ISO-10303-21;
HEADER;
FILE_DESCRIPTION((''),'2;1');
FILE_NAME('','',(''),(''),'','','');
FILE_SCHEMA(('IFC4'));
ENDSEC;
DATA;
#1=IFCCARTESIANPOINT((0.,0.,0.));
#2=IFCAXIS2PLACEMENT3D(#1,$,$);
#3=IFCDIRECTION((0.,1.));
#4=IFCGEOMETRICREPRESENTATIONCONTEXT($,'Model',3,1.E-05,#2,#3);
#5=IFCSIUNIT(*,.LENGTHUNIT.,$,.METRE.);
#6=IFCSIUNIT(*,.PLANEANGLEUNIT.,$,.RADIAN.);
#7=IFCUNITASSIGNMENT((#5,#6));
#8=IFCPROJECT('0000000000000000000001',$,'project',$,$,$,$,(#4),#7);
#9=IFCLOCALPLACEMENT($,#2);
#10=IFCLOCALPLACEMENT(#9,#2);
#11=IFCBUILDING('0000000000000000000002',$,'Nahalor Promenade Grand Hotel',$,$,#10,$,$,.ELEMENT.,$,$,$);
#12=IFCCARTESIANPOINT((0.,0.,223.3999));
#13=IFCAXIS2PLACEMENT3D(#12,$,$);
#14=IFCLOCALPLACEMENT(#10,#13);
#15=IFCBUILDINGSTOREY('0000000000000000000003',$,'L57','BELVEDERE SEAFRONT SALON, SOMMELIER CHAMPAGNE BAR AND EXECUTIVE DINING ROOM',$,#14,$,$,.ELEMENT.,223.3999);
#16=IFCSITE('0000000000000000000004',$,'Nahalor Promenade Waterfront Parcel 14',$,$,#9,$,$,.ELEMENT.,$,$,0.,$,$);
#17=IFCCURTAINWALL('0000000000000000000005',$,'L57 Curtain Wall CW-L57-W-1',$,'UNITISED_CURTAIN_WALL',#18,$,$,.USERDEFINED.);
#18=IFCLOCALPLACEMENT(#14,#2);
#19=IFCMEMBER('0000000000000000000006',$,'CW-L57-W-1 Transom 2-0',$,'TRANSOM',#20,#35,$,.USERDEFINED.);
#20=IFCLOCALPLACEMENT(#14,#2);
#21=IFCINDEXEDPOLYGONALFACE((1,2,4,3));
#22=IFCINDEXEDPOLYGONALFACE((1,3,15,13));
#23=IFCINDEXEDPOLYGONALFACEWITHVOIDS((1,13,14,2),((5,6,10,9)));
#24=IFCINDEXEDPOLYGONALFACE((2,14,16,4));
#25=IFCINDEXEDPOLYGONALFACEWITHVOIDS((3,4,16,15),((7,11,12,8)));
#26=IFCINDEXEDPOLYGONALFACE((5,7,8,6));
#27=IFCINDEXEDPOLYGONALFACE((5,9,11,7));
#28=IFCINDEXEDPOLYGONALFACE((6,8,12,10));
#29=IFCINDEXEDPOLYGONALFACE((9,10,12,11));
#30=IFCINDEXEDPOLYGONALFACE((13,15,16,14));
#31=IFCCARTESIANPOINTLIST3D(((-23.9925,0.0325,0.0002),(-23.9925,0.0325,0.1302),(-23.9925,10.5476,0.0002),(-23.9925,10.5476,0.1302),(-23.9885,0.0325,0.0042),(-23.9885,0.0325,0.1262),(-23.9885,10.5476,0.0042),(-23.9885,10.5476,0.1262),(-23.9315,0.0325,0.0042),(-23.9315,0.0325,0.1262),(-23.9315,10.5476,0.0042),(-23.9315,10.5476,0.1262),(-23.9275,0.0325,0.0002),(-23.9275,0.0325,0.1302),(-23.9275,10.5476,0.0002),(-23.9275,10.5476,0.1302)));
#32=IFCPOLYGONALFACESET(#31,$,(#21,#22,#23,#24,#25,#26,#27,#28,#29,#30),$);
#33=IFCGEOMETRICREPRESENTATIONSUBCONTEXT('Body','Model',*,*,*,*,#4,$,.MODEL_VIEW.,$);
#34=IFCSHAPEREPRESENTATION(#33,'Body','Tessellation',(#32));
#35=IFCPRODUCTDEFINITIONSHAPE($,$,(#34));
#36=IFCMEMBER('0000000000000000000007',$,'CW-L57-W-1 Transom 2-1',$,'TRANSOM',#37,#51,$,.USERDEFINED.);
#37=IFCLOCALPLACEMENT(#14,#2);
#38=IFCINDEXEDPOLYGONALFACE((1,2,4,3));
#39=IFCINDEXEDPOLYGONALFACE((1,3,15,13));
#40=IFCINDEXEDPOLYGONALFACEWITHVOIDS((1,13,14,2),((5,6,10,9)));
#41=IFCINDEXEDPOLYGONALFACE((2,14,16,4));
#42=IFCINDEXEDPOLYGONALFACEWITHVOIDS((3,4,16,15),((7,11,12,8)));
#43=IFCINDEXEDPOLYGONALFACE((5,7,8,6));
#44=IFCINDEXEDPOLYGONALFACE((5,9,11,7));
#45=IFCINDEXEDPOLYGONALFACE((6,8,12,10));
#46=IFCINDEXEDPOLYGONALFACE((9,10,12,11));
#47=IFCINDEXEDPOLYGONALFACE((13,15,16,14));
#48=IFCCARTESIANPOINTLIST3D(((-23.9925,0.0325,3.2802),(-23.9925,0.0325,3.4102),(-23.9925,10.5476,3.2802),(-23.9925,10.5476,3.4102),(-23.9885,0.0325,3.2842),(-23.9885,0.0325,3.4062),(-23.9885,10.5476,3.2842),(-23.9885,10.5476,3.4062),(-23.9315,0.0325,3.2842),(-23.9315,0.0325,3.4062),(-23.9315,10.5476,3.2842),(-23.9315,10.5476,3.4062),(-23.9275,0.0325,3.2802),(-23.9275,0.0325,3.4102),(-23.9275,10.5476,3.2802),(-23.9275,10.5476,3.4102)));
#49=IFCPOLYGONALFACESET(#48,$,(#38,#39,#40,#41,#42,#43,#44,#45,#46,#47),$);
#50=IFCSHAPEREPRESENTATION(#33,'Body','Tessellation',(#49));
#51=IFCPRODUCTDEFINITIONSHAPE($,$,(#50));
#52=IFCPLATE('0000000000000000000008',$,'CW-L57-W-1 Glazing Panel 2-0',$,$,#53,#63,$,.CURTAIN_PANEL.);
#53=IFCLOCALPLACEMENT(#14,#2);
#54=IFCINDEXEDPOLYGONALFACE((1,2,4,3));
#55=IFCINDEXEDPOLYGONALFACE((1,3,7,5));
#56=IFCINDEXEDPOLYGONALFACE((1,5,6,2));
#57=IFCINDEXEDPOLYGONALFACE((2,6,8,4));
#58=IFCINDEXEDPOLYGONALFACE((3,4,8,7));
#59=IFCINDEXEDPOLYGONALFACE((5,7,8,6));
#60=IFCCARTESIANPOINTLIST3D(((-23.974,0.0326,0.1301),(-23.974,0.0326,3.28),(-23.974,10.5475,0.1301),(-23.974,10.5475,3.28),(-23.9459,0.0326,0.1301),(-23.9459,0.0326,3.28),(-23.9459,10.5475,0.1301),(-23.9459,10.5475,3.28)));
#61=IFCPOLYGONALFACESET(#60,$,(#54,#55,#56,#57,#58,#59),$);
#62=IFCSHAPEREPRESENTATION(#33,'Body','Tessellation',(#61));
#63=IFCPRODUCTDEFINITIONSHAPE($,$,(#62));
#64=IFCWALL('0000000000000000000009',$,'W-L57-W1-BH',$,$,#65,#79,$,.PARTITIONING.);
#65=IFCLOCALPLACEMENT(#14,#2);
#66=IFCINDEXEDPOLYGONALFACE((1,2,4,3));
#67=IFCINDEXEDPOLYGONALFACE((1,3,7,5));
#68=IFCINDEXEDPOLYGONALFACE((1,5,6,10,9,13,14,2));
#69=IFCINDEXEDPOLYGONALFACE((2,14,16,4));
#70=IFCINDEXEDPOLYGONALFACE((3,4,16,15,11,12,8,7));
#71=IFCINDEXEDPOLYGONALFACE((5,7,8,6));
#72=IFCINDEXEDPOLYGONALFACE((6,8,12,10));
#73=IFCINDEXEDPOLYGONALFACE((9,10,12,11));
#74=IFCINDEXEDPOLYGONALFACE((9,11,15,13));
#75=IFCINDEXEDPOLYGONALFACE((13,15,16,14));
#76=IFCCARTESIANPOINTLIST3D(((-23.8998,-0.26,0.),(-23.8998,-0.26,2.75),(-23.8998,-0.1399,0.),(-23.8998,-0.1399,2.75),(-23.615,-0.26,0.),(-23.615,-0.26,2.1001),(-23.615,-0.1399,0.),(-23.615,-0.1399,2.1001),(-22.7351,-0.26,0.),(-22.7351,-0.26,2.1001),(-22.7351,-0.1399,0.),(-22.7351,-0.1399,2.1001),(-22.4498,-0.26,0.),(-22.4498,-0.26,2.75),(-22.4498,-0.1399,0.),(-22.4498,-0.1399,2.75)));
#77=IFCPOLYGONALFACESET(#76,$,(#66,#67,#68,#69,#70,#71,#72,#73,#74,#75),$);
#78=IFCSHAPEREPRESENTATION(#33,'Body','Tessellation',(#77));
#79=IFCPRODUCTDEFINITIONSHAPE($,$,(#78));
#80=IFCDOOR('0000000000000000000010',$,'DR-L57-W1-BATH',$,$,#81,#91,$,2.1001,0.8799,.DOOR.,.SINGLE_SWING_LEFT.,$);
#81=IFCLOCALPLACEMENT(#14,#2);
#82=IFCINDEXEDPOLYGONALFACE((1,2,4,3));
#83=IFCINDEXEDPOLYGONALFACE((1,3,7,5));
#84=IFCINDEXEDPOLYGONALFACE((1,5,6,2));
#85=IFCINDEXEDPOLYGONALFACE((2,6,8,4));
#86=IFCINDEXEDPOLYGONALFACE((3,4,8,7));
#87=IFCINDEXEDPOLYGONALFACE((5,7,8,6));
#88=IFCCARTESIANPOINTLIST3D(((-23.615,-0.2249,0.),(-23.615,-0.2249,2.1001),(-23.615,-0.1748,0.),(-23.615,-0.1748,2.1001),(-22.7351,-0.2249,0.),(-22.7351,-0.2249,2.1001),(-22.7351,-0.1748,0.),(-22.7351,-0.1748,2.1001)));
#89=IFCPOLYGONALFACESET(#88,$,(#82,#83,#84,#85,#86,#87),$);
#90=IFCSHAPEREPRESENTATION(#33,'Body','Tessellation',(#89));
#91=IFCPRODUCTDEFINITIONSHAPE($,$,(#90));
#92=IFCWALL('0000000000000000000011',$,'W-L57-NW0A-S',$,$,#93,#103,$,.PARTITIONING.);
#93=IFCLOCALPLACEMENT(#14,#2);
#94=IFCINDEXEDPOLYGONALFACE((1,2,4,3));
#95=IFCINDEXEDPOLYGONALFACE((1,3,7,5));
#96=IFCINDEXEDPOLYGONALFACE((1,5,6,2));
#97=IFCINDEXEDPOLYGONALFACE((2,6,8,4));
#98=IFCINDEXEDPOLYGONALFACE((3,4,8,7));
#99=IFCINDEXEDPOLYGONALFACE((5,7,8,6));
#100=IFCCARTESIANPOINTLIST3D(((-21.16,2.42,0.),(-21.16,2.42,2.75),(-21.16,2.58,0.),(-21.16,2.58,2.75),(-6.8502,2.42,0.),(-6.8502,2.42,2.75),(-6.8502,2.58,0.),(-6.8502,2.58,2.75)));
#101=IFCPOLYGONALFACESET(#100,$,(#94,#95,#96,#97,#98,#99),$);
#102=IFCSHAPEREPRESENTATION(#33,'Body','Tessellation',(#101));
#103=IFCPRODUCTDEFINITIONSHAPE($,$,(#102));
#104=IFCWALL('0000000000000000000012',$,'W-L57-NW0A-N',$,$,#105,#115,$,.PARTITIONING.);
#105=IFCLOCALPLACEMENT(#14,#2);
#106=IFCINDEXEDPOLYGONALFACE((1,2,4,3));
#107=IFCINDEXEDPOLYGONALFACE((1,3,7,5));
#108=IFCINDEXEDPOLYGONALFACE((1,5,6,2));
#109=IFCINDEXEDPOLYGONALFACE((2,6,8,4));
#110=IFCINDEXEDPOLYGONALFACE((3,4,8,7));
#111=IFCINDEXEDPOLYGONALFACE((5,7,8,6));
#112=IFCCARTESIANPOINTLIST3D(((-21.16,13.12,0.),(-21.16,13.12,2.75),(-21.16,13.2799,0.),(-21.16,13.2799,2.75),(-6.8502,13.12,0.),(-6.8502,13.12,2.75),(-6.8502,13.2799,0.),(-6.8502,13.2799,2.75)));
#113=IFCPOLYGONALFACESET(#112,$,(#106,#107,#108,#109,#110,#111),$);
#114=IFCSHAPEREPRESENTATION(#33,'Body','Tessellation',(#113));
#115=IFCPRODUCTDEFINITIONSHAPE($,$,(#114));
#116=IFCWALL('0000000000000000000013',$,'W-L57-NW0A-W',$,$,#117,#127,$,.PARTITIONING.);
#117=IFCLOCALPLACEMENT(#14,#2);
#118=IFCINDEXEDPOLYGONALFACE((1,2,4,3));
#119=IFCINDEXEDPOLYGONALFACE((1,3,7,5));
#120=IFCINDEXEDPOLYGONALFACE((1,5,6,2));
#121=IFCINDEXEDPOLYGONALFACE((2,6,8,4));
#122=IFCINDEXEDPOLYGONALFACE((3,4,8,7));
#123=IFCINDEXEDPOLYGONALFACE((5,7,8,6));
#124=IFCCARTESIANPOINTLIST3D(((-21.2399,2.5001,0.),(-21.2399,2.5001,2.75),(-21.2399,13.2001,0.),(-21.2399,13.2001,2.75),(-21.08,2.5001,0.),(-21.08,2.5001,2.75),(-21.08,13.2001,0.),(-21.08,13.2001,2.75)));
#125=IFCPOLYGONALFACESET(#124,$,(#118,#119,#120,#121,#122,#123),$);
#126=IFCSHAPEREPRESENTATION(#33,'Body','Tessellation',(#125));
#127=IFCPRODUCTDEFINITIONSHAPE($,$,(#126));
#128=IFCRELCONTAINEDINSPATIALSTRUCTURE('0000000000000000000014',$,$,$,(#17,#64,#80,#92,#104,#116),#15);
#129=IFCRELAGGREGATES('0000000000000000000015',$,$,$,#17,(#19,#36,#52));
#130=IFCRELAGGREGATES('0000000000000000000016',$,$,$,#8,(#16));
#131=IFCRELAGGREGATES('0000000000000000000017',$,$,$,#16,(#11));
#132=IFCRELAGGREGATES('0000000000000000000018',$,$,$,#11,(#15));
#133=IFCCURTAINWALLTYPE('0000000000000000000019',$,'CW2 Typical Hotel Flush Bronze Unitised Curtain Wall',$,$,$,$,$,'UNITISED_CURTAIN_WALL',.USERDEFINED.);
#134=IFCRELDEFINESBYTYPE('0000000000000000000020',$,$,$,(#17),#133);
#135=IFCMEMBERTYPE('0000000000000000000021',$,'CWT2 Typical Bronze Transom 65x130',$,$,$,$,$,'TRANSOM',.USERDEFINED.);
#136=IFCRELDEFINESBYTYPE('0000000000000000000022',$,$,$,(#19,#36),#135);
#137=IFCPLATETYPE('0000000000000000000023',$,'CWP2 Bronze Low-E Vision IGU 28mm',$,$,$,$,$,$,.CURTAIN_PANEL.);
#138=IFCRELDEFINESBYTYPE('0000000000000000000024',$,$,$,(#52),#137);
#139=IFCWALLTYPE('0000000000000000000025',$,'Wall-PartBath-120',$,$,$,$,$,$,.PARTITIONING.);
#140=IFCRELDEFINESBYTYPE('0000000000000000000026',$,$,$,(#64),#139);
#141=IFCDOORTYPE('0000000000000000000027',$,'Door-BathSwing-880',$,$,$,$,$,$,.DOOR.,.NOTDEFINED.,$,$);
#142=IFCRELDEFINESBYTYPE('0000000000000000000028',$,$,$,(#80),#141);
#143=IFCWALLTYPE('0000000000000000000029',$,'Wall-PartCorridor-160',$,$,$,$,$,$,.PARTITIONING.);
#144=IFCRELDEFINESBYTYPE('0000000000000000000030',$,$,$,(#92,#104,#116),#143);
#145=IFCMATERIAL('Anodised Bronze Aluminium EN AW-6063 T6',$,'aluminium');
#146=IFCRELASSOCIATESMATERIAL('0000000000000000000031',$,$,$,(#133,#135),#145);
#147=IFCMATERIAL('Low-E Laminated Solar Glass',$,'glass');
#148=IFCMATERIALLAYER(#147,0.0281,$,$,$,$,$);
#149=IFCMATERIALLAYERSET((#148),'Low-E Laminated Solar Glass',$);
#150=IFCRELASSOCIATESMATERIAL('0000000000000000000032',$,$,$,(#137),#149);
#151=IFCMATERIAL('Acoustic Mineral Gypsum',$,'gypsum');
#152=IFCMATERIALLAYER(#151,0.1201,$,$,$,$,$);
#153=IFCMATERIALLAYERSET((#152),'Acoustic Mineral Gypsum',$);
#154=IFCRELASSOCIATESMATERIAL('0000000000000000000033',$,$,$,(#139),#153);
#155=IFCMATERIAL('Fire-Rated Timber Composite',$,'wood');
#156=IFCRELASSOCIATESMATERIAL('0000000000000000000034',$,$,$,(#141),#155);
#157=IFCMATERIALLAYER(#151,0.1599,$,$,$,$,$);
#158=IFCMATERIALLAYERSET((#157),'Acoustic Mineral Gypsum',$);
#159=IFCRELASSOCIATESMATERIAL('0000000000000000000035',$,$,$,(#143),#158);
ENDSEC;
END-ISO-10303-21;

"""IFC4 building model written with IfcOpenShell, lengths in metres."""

from ifc_helpers import new_model, si_unit, direction, frame, frame_2d, origin, origin_2d, place, context, subcontext, project, spatial, rectangle, hollow_rectangle, extrude, source, transform, mapped, material, layer, layer_set, material_profile, profile_set, type_object, element, fill, aggregate, save


model = new_model("IFC4")

# Units and contexts
model_context = context("Model", 3, precision=1e-05, world=origin(), true_north=direction((0.0, 1.0)))
body_context = subcontext(model_context, "Body", "Model", "MODEL_VIEW")
ifc_project = project(units=[si_unit("LENGTHUNIT", "METRE"), si_unit("PLANEANGLEUNIT", "RADIAN")], contexts=[model_context])

# Site, building, storey
site_placement = place(None, origin())
site = spatial("IfcSite", under=ifc_project, at=site_placement, Name="Nahalor Promenade Waterfront Parcel 14", CompositionType="ELEMENT", RefElevation=0.0)
building_placement = place(site_placement, origin())
building = spatial("IfcBuilding", under=site, at=building_placement, Name="Nahalor Promenade Grand Hotel", CompositionType="ELEMENT")
storey_placement = place(building_placement, frame((0.0, 0.0, 223.3999)))
storey = spatial("IfcBuildingStorey", under=building, at=storey_placement, Name="L57", Description="BELVEDERE SEAFRONT SALON, SOMMELIER CHAMPAGNE BAR AND EXECUTIVE DINING ROOM", CompositionType="ELEMENT", Elevation=223.3999)

# Curtain wall, members, plate
ifc_material_1 = material(Name="Anodised Bronze Aluminium EN AW-6063 T6", Category="aluminium")
curtain_wall_type = type_object("IfcCurtainWallType", Name="CW2 Typical Hotel Flush Bronze Unitised Curtain Wall", ElementType="UNITISED_CURTAIN_WALL", PredefinedType="USERDEFINED", material=ifc_material_1)
curtain_wall_placement = place(storey_placement, origin())
curtain_wall = element("IfcCurtainWall", 1, at=curtain_wall_placement, inside=storey, type_object=curtain_wall_type, Name="L57 Curtain Wall CW-L57-W-1", ObjectType="UNITISED_CURTAIN_WALL", PredefinedType="USERDEFINED")
ifc_material_profile_1 = material_profile(ifc_material_1, hollow_rectangle(XDim=0.065, YDim=0.13, WallThickness=0.004, at=origin_2d()), Name="CWT 65x130x4")
ifc_profile_set_1 = profile_set([ifc_material_profile_1], Name="Anodised Bronze Aluminium EN AW-6063 T6")
member_type_1 = type_object("IfcMemberType", Name="CWT2 Typical Bronze Transom 65x130", ElementType="TRANSOM", PredefinedType="USERDEFINED", material=ifc_profile_set_1)
shared_shape_1 = source(origin(), body_context, "Body", "SweptSolid", [
    extrude(hollow_rectangle(XDim=0.065, YDim=0.13, WallThickness=0.004, at=origin_2d()), origin(), (0.0, 0.0, 1.0), 10.5151),
])
member_1_placement = place(storey_placement, frame((-23.96, 0.0325, 0.0652), z_axis=(0.0, 1.0, 0.0), x_axis=(-1.0, 0.0, 0.0)))
member_1 = element("IfcMember", 2, at=member_1_placement, type_object=member_type_1, Name="CW-L57-W-1 Transom 2-0", ObjectType="TRANSOM", PredefinedType="USERDEFINED", context=body_context, shape_type="MappedRepresentation", body=[
    mapped(shared_shape_1, transform((0.0, 0.0, 0.0), scale=1.0)),
])
member_2_placement = place(storey_placement, frame((-23.96, 0.0325, 3.3452), z_axis=(0.0, 1.0, 0.0), x_axis=(-1.0, 0.0, 0.0)))
member_2 = element("IfcMember", 3, at=member_2_placement, type_object=member_type_1, Name="CW-L57-W-1 Transom 2-1", ObjectType="TRANSOM", PredefinedType="USERDEFINED", context=body_context, shape_type="MappedRepresentation", body=[
    mapped(shared_shape_1, transform((0.0, 0.0, 0.0), scale=1.0)),
])
ifc_material_2 = material(Name="Low-E Laminated Solar Glass", Category="glass")
ifc_layer_1 = layer(ifc_material_2, 0.0281)
ifc_layer_set_1 = layer_set([ifc_layer_1], Name="Low-E Laminated Solar Glass")
plate_type = type_object("IfcPlateType", Name="CWP2 Bronze Low-E Vision IGU 28mm", PredefinedType="CURTAIN_PANEL", material=ifc_layer_set_1)
shared_shape_2 = source(origin(), body_context, "Body", "SweptSolid", [
    extrude(rectangle(XDim=10.5149, YDim=0.0281, at=origin_2d()), origin(), (0.0, 0.0, 1.0), 3.1499),
])
plate_placement = place(storey_placement, frame((-23.96, 5.29, 0.1301), z_axis=(0.0, 0.0, 1.0), x_axis=(0.0, 1.0, 0.0)))
plate = element("IfcPlate", 4, at=plate_placement, type_object=plate_type, Name="CW-L57-W-1 Glazing Panel 2-0", PredefinedType="CURTAIN_PANEL", context=body_context, shape_type="MappedRepresentation", body=[
    mapped(shared_shape_2, transform((0.0, 0.0, 0.0), scale=1.0)),
])
aggregate(curtain_wall, [member_1, member_2, plate])

# Wall, opening, door
ifc_material_3 = material(Name="Acoustic Mineral Gypsum", Category="gypsum")
ifc_layer_2 = layer(ifc_material_3, 0.1201)
ifc_layer_set_2 = layer_set([ifc_layer_2], Name="Acoustic Mineral Gypsum")
wall_type_1 = type_object("IfcWallType", Name="Wall-PartBath-120", PredefinedType="PARTITIONING", material=ifc_layer_set_2)
shared_shape_3 = source(origin(), body_context, "Body", "SweptSolid", [
    extrude(rectangle(XDim=1.45, YDim=0.1201, at=frame_2d((0.7251, 0.0))), origin(), (0.0, 0.0, 1.0), 2.75),
])
wall_1_placement = place(storey_placement, frame((-23.8999, -0.2, 0.0), z_axis=(0.0, 0.0, 1.0), x_axis=(1.0, 0.0, 0.0)))
wall_1 = element("IfcWall", 5, at=wall_1_placement, inside=storey, type_object=wall_type_1, Name="W-L57-W1-BH", PredefinedType="PARTITIONING", context=body_context, shape_type="MappedRepresentation", body=[
    mapped(shared_shape_3, transform((0.0, 0.0, 0.0), scale=1.0)),
])
opening_placement = place(wall_1_placement, frame((0.2849, 0.0, 0.0)))
opening = element("IfcOpeningElement", 6, at=opening_placement, cuts=wall_1, PredefinedType="OPENING", context=body_context, shape_type="SweptSolid", body=[
    extrude(rectangle(XDim=0.8799, YDim=2.1001, at=frame_2d((0.4399, 1.05))), frame((0.0, 0.0701, 0.0), z_axis=(0.0, -1.0, 0.0), x_axis=(1.0, 0.0, 0.0)), (0.0, 0.0, 1.0), 0.1401),
])
ifc_material_4 = material(Name="Fire-Rated Timber Composite", Category="wood")
door_type = type_object("IfcDoorType", Name="Door-BathSwing-880", OperationType="NOTDEFINED", PredefinedType="DOOR", material=ifc_material_4)
shared_shape_4 = source(origin(), body_context, "Body", "SweptSolid", [
    extrude(rectangle(XDim=0.8799, YDim=2.1001, at=frame_2d((0.4399, 1.05))), frame((0.0, 0.0249, 0.0), z_axis=(0.0, -1.0, 0.0), x_axis=(1.0, 0.0, 0.0)), (0.0, 0.0, 1.0), 0.05),
])
door_placement = place(opening_placement, frame((0.8799, 0.0, 0.0), z_axis=(0.0, 0.0, 1.0), x_axis=(-1.0, 0.0, 0.0)))
door = element("IfcDoor", 7, at=door_placement, inside=storey, type_object=door_type, Name="DR-L57-W1-BATH", OperationType="SINGLE_SWING_LEFT", OverallHeight=2.1001, OverallWidth=0.8799, PredefinedType="DOOR", context=body_context, shape_type="MappedRepresentation", body=[
    mapped(shared_shape_4, transform((0.0, 0.0, 0.0), scale=1.0)),
])
fill(opening, door)

# Walls
ifc_layer_3 = layer(ifc_material_3, 0.1599)
ifc_layer_set_3 = layer_set([ifc_layer_3], Name="Acoustic Mineral Gypsum")
wall_type_2 = type_object("IfcWallType", Name="Wall-PartCorridor-160", PredefinedType="PARTITIONING", material=ifc_layer_set_3)
shared_shape_5 = source(origin(), body_context, "Body", "SweptSolid", [
    extrude(rectangle(XDim=14.3098, YDim=0.1599, at=frame_2d((7.1548, 0.0))), origin(), (0.0, 0.0, 1.0), 2.75),
])
for number, where, z_axis, x_axis, name in (
    (8, (-21.1599, 2.5, 0.0), (0.0, 0.0, 1.0), (1.0, 0.0, 0.0), "W-L57-NW0A-S"),
    (9, (-21.1599, 13.2, 0.0), (0.0, 0.0, 1.0), (1.0, 0.0, 0.0), "W-L57-NW0A-N"),
):
    element("IfcWall", number, at=place(storey_placement, frame(where, z_axis=z_axis, x_axis=x_axis)), inside=storey, type_object=wall_type_2, Name=name, PredefinedType="PARTITIONING", context=body_context, shape_type="MappedRepresentation", body=[
        mapped(shared_shape_5, transform((0.0, 0.0, 0.0), scale=1.0)),
    ])
shared_shape_6 = source(origin(), body_context, "Body", "SweptSolid", [
    extrude(rectangle(XDim=10.7, YDim=0.1599, at=frame_2d((5.3501, 0.0))), origin(), (0.0, 0.0, 1.0), 2.75),
])
wall_2_placement = place(storey_placement, frame((-21.1599, 2.5, 0.0), z_axis=(0.0, 0.0, 1.0), x_axis=(0.0, 1.0, 0.0)))
element("IfcWall", 10, at=wall_2_placement, inside=storey, type_object=wall_type_2, Name="W-L57-NW0A-W", PredefinedType="PARTITIONING", context=body_context, shape_type="MappedRepresentation", body=[
    mapped(shared_shape_6, transform((0.0, 0.0, 0.0), scale=1.0)),
])

save(model, "model.ifc")
